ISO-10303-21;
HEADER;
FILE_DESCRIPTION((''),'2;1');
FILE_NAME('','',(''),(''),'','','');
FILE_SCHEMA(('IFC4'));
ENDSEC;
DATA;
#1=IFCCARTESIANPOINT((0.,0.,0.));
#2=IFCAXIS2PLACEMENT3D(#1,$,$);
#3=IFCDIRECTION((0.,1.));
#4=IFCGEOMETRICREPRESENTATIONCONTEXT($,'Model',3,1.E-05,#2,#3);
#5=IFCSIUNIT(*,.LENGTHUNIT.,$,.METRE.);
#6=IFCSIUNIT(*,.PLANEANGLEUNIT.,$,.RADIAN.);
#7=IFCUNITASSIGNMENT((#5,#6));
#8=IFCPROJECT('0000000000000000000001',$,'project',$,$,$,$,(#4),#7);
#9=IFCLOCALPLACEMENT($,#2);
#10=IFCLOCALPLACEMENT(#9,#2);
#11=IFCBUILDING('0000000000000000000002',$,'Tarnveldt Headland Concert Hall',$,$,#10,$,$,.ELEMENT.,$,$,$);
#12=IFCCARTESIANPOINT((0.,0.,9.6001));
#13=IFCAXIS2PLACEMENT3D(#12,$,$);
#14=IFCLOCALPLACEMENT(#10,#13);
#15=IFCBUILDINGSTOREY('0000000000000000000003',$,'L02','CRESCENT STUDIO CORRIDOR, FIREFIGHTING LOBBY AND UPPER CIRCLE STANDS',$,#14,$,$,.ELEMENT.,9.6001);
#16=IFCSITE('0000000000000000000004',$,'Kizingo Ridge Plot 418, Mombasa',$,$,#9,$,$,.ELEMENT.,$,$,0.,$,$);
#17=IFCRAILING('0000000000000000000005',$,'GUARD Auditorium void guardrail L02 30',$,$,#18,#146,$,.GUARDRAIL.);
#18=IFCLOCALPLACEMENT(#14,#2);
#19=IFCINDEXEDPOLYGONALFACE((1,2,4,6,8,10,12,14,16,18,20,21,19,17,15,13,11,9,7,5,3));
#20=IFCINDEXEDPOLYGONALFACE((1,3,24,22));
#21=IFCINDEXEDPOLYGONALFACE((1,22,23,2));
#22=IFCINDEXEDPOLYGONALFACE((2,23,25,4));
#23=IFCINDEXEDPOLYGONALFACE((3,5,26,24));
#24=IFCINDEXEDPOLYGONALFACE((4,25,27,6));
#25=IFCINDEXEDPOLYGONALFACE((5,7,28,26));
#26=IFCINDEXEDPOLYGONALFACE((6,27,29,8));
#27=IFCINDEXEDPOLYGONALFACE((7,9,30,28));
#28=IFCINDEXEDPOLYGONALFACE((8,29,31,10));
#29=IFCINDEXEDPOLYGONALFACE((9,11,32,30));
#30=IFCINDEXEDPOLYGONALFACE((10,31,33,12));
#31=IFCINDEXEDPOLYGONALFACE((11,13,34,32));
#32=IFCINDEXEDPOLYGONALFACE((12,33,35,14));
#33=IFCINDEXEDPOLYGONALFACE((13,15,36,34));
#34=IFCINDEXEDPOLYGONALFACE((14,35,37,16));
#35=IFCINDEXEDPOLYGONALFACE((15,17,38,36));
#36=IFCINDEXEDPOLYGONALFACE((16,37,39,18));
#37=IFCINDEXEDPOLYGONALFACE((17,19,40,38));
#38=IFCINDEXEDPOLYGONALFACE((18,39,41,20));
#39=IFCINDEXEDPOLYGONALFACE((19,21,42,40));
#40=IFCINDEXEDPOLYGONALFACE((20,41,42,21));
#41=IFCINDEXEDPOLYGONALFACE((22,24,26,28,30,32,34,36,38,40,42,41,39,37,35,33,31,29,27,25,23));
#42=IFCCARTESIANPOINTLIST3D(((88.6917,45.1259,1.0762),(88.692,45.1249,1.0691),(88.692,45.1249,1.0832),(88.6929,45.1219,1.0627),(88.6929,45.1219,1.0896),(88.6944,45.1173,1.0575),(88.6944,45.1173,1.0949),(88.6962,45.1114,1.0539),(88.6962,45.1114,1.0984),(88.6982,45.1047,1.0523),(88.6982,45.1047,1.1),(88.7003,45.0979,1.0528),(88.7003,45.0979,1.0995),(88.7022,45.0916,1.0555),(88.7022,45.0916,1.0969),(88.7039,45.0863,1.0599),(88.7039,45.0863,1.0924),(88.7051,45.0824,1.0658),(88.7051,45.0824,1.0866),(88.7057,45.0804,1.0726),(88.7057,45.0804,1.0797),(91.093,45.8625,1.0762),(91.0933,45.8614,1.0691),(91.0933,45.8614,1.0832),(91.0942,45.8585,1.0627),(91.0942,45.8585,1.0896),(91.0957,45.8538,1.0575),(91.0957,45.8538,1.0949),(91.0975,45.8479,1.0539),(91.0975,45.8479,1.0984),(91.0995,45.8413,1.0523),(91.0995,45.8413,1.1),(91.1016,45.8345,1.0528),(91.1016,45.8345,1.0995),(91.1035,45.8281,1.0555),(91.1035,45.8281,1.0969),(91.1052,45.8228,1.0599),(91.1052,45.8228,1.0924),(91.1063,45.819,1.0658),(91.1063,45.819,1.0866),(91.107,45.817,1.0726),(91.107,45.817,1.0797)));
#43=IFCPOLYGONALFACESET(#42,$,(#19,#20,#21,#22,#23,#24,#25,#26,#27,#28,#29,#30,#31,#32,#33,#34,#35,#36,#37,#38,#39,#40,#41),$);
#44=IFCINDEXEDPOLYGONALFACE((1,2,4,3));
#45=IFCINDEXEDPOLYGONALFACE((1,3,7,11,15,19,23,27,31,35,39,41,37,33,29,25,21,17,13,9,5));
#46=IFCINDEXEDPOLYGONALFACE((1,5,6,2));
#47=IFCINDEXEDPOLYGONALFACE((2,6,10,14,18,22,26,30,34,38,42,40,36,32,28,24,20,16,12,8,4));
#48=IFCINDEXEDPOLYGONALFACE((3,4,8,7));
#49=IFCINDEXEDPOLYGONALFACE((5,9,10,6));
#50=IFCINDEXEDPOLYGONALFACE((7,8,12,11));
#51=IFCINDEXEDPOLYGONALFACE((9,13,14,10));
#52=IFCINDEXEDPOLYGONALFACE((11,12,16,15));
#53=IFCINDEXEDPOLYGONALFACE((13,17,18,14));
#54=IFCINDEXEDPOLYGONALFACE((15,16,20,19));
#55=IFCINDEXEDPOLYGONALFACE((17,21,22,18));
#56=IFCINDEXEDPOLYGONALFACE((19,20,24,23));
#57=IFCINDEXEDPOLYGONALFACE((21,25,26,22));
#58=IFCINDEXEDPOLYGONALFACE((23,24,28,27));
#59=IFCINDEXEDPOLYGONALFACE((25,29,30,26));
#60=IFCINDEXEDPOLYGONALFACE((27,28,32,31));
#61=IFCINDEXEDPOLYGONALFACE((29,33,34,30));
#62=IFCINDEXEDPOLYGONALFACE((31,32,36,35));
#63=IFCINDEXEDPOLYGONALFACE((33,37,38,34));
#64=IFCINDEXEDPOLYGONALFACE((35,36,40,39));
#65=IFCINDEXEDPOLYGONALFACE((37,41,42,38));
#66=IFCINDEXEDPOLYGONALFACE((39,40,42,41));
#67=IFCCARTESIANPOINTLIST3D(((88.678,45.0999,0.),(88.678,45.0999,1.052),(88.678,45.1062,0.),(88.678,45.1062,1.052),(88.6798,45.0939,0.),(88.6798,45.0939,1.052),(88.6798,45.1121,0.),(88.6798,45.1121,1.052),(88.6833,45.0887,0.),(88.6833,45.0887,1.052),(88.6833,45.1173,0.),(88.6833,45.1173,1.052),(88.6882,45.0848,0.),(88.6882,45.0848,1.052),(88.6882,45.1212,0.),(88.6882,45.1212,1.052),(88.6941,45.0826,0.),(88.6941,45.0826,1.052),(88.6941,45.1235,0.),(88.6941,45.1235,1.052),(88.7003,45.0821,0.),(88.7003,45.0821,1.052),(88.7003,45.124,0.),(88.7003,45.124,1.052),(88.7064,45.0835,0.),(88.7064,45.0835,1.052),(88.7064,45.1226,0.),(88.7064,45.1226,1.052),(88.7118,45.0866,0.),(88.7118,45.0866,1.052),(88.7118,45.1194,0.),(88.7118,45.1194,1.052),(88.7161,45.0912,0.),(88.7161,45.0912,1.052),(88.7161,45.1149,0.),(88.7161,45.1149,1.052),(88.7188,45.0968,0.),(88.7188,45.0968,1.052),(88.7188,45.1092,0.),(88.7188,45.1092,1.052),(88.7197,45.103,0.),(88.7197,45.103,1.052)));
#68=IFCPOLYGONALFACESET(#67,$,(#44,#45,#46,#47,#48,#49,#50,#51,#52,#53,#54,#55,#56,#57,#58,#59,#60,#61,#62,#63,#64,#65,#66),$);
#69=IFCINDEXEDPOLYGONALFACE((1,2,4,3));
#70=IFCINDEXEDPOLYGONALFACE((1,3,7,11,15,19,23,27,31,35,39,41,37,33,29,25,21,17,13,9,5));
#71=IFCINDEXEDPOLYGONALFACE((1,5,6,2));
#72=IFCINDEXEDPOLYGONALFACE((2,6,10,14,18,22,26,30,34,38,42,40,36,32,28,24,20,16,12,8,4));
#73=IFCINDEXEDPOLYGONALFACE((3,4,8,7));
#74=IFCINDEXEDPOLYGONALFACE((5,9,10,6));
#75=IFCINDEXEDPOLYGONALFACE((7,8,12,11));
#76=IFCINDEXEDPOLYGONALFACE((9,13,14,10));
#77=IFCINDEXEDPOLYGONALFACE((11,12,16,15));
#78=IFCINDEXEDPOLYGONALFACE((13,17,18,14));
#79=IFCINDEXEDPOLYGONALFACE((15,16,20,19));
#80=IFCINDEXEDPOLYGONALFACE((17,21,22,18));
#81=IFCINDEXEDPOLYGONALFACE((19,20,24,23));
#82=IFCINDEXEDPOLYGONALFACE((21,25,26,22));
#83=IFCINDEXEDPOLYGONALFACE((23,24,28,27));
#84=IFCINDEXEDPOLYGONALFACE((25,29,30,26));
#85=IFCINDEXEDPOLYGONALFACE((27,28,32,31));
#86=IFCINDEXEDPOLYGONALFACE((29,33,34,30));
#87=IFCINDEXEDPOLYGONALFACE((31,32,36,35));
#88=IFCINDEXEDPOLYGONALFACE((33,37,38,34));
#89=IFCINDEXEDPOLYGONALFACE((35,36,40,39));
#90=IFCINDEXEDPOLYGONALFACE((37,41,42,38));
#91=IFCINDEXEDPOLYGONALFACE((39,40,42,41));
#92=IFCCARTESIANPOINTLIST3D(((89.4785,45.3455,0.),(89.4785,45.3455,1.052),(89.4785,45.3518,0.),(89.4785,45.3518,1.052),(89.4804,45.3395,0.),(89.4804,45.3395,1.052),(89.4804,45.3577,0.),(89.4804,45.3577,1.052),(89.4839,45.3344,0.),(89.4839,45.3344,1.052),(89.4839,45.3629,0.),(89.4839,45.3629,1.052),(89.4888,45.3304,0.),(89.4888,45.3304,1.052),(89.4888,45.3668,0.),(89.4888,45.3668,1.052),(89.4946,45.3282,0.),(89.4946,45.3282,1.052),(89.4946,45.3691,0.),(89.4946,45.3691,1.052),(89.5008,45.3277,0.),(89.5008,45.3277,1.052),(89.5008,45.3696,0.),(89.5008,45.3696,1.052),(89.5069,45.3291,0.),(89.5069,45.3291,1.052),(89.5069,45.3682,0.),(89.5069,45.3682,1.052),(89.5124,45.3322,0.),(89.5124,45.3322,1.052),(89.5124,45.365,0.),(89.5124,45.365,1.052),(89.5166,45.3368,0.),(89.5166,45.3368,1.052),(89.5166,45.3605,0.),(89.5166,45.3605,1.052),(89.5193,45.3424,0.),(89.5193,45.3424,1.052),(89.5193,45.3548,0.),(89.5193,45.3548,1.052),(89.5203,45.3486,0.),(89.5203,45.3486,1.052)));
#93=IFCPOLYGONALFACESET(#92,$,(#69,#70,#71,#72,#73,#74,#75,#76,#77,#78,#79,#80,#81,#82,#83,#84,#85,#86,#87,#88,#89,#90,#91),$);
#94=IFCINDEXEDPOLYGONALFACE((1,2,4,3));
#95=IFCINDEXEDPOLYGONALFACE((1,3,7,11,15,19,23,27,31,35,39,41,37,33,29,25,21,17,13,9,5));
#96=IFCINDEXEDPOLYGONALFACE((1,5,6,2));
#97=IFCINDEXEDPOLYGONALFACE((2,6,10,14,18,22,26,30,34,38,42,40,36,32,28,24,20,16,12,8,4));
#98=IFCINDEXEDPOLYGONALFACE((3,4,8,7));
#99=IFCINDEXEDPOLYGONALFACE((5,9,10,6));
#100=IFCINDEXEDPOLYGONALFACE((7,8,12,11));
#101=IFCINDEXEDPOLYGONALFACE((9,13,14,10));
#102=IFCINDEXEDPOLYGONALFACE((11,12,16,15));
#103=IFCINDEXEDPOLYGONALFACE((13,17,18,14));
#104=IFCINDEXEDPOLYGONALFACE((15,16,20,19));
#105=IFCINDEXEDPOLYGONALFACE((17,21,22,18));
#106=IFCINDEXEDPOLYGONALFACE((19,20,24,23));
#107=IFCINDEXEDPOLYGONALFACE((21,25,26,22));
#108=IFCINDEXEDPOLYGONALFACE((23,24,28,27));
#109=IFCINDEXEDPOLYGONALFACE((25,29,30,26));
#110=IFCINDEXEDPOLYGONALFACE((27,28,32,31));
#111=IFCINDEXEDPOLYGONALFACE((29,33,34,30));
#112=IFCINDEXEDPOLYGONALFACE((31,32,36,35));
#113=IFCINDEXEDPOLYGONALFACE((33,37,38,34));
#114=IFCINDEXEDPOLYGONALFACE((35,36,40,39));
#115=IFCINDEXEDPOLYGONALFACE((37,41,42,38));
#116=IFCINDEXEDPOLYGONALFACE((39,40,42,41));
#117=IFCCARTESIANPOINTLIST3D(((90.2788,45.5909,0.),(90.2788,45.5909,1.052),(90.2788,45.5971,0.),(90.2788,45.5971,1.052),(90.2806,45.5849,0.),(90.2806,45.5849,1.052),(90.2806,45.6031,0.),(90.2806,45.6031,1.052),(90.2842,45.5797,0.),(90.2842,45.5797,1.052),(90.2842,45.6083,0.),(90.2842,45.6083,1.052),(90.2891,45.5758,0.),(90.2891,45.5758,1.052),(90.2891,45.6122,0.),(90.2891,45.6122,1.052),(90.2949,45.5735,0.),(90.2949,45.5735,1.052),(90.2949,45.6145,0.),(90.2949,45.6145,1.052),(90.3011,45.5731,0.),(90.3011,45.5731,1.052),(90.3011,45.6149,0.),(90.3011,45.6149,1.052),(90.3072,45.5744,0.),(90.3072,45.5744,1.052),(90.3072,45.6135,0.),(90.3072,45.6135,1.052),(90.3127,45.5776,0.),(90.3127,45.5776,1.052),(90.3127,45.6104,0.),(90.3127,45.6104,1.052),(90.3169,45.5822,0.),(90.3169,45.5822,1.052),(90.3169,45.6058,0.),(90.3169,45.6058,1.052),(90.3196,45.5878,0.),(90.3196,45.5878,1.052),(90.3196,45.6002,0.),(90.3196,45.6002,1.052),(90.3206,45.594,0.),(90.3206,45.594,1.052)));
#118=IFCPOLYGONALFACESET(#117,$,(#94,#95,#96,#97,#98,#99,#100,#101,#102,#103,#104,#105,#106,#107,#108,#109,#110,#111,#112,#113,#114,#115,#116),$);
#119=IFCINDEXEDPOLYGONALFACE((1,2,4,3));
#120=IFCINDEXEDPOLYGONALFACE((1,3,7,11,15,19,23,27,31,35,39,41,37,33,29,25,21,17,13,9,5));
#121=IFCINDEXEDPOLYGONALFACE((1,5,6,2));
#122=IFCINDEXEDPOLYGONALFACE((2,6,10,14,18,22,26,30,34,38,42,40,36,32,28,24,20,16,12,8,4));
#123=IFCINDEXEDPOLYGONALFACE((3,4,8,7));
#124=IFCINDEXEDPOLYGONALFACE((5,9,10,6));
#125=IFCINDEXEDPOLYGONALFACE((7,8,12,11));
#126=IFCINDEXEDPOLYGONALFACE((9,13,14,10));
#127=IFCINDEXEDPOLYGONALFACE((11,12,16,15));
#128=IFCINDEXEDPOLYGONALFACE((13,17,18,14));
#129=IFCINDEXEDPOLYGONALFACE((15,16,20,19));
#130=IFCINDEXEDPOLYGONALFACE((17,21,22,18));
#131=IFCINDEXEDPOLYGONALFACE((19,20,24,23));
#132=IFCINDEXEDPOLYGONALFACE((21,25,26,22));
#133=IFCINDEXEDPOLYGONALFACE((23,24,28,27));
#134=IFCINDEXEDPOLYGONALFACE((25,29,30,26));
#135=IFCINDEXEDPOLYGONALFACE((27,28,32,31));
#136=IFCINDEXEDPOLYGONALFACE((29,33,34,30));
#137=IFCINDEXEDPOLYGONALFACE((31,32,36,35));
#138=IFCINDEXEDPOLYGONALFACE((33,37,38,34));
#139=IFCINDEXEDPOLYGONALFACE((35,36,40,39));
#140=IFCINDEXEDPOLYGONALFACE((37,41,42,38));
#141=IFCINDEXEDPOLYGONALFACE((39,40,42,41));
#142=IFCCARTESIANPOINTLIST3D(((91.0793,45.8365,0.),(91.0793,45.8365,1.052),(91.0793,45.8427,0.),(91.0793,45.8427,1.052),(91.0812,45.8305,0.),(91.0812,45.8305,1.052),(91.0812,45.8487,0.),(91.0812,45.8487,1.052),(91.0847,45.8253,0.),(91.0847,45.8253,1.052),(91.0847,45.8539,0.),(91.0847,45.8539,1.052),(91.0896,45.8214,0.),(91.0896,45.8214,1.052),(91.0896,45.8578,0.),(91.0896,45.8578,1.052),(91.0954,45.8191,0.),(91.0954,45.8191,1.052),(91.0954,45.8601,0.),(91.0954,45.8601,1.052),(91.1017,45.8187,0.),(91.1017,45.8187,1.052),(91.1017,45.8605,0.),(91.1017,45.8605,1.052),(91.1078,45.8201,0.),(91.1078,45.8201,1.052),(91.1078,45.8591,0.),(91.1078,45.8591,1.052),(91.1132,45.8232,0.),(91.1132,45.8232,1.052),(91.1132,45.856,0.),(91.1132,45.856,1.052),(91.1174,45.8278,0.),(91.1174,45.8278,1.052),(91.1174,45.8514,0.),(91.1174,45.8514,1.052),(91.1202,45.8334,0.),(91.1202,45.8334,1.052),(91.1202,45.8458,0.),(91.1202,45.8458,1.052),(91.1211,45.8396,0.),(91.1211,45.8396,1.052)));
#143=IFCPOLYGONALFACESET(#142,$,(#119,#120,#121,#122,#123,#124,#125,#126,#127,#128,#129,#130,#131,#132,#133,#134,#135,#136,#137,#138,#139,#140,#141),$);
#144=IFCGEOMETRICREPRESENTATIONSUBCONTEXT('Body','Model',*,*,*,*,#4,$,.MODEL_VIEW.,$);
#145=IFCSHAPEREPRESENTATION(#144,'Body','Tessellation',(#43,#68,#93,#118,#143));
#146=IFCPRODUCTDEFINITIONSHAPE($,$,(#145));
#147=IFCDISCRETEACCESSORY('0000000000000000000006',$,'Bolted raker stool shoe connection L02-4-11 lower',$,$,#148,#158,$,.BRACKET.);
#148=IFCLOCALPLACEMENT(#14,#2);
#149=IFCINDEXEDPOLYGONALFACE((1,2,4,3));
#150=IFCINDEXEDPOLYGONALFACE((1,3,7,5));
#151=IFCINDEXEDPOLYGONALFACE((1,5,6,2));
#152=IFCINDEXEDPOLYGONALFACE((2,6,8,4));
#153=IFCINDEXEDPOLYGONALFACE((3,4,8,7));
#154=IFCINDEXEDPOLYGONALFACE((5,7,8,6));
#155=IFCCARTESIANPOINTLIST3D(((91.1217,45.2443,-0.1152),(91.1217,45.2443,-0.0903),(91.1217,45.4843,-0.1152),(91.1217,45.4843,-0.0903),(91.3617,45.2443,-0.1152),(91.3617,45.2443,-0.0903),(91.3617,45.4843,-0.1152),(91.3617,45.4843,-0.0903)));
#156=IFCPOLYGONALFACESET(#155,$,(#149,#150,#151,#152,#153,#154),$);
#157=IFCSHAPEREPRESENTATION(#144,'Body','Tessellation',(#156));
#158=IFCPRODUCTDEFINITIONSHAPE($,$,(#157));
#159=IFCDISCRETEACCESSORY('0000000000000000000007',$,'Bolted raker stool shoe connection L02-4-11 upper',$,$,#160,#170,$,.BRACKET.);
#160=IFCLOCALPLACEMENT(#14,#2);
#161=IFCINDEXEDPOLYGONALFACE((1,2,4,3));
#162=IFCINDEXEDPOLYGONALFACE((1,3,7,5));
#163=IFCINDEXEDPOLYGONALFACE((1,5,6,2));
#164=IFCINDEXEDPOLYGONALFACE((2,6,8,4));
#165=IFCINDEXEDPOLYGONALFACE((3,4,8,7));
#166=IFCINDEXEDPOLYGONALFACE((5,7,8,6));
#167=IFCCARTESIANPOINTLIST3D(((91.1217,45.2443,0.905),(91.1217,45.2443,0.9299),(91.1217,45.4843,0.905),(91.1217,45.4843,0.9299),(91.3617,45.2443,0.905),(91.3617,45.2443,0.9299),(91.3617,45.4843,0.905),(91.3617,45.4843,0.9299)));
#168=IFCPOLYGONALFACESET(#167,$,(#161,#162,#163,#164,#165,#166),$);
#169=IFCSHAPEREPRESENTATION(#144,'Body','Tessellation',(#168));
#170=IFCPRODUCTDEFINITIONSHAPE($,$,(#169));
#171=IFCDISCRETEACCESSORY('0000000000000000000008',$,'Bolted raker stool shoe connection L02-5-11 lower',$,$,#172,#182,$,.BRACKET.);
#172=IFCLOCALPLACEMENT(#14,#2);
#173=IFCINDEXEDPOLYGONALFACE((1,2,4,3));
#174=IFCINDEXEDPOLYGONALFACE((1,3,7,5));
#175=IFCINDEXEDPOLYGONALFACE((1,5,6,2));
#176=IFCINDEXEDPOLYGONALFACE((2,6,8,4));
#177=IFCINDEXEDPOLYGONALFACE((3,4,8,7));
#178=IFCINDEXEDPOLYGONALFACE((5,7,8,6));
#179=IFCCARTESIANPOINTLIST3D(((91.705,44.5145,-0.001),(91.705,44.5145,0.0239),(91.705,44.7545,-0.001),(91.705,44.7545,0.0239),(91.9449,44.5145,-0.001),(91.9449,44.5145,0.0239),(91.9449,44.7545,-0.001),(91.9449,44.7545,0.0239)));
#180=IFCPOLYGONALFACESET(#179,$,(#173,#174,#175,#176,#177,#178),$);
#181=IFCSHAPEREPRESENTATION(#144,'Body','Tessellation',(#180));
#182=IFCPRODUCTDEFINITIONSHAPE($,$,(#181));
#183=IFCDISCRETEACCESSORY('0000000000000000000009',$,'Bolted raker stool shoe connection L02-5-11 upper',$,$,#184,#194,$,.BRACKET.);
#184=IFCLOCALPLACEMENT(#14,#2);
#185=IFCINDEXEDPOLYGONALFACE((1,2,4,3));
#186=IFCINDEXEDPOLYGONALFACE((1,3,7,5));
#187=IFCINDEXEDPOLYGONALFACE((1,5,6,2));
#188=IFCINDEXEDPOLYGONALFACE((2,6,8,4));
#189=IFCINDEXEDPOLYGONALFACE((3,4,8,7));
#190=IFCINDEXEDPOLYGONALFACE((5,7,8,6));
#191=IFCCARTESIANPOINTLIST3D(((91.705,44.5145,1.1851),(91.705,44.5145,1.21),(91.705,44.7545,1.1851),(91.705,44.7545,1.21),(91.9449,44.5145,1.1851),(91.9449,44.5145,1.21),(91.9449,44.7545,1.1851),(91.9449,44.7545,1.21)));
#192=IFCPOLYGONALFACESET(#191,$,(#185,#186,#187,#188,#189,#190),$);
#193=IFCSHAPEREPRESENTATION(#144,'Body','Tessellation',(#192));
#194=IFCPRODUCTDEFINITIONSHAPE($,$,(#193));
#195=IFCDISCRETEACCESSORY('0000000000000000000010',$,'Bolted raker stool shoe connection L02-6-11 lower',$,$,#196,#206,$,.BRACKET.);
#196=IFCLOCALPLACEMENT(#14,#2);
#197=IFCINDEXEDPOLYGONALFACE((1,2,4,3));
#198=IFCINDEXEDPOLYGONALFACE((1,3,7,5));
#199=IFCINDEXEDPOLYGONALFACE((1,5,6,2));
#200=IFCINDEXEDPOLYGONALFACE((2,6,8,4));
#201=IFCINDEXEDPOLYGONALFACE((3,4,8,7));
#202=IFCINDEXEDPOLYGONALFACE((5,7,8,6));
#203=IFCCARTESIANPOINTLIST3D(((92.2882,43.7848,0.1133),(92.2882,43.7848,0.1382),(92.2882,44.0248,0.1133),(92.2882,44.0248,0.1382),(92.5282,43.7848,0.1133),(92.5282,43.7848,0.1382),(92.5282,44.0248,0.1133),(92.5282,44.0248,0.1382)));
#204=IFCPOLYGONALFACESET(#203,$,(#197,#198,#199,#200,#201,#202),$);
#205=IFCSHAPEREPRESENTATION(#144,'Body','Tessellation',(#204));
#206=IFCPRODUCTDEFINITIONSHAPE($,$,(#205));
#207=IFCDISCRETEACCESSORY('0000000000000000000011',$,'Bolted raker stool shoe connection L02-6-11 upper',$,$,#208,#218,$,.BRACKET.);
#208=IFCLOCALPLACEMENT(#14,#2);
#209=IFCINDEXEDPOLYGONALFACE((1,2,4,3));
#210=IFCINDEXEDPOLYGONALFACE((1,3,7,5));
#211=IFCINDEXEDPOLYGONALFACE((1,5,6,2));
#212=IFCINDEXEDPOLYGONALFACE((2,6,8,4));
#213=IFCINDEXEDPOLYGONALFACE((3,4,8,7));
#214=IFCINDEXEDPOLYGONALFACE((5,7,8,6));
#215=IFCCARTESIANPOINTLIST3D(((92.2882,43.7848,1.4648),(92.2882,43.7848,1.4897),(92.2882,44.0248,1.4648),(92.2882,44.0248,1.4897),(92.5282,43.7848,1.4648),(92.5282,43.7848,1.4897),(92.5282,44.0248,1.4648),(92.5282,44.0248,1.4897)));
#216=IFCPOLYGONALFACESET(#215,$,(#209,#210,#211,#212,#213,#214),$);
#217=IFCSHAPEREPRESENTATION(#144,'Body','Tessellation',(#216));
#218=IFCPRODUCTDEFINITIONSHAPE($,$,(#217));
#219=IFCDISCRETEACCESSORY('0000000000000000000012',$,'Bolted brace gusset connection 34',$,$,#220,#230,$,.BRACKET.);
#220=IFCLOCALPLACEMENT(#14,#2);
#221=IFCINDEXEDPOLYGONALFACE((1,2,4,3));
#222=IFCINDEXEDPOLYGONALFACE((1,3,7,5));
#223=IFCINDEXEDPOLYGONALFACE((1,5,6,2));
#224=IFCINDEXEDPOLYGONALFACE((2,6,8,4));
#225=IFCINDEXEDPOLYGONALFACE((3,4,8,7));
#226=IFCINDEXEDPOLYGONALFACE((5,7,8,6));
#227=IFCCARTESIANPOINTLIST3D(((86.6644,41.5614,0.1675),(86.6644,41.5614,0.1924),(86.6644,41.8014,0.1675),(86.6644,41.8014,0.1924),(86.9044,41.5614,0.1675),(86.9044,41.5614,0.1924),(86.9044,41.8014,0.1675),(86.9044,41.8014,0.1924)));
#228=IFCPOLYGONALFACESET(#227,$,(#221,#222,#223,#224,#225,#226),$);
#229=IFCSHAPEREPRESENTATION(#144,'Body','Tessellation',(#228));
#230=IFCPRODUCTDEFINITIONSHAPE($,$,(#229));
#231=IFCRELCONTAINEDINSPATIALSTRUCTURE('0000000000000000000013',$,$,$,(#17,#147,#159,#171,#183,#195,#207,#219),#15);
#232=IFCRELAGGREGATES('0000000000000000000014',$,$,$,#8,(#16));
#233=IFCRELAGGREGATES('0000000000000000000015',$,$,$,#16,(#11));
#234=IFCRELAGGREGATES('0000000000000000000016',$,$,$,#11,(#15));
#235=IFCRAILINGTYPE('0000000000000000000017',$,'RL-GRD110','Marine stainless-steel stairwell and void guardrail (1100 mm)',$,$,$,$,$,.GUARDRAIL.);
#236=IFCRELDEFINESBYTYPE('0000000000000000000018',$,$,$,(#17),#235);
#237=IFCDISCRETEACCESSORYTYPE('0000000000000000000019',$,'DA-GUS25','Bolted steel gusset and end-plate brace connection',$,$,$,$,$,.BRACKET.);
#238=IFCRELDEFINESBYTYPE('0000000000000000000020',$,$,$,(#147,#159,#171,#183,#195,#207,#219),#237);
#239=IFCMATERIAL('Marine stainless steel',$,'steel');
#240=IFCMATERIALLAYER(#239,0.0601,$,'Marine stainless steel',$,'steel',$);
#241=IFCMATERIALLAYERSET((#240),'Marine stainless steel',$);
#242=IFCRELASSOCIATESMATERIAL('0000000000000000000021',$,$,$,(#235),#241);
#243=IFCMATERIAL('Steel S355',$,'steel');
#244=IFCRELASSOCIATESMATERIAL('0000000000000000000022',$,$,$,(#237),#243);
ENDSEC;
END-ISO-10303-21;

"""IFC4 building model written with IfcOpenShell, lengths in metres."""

from ifc_helpers import new_model, si_unit, direction, frame, origin, origin_2d, place, context, subcontext, project, spatial, rectangle, circle, extrude, material, layer, layer_set, type_object, element, save


model = new_model("IFC4")

# Units and contexts
model_context = context("Model", 3, precision=1e-05, world=origin(), true_north=direction((0.0, 1.0)))
body_context = subcontext(model_context, "Body", "Model", "MODEL_VIEW")
ifc_project = project(units=[si_unit("LENGTHUNIT", "METRE"), si_unit("PLANEANGLEUNIT", "RADIAN")], contexts=[model_context])

# Site, building, storey
site_placement = place(None, origin())
site = spatial("IfcSite", under=ifc_project, at=site_placement, Name="Kizingo Ridge Plot 418, Mombasa", CompositionType="ELEMENT", RefElevation=0.0)
building_placement = place(site_placement, origin())
building = spatial("IfcBuilding", under=site, at=building_placement, Name="Tarnveldt Headland Concert Hall", CompositionType="ELEMENT")
storey_placement = place(building_placement, frame((0.0, 0.0, 9.6001)))
storey = spatial("IfcBuildingStorey", under=building, at=storey_placement, Name="L02", Description="CRESCENT STUDIO CORRIDOR, FIREFIGHTING LOBBY AND UPPER CIRCLE STANDS", CompositionType="ELEMENT", Elevation=9.6001)

# Shared definitions
ifc_material_1 = material(Name="Steel S355", Category="steel")

# Railing
ifc_material_2 = material(Name="Marine stainless steel", Category="steel")
ifc_layer_1 = layer(ifc_material_2, 0.0601, Name="Marine stainless steel", Category="steel")
ifc_layer_set_1 = layer_set([ifc_layer_1], Name="Marine stainless steel")
railing_type = type_object("IfcRailingType", Name="RL-GRD110", Description="Marine stainless-steel stairwell and void guardrail (1100 mm)", PredefinedType="GUARDRAIL", material=ifc_layer_set_1)
railing_1_placement = place(storey_placement, frame((88.6987, 45.103, 0.0)))
element("IfcRailing", 1, at=railing_1_placement, inside=storey, type_object=railing_type, Name="GUARD Auditorium void guardrail L02 30", PredefinedType="GUARDRAIL", context=body_context, shape_type="SweptSolid", body=[
    extrude(circle(Radius=0.0239, at=origin_2d()), frame((0.0, 0.0, 1.0762), z_axis=(0.956037, 0.293246, 0.0), x_axis=(-0.293246, 0.956037, 0.0)), (0.0, 0.0, 1.0), 2.5117),
    extrude(circle(Radius=0.021, at=origin_2d()), origin(), (0.0, 0.0, 1.0), 1.052),
    extrude(circle(Radius=0.021, at=origin_2d()), frame((0.8005, 0.2456, 0.0)), (0.0, 0.0, 1.0), 1.052),
    extrude(circle(Radius=0.021, at=origin_2d()), frame((1.6008, 0.491, 0.0)), (0.0, 0.0, 1.0), 1.052),
    extrude(circle(Radius=0.021, at=origin_2d()), frame((2.4014, 0.7366, 0.0)), (0.0, 0.0, 1.0), 1.052),
])

# Discrete accessories
discrete_accessory_type = type_object("IfcDiscreteAccessoryType", Name="DA-GUS25", Description="Bolted steel gusset and end-plate brace connection", PredefinedType="BRACKET", material=ifc_material_1)
for number, where, z_axis, x_axis, name in (
    (2, (91.2417, 45.3643, -0.1152), (0.0, 0.0, 1.0), (1.0, 0.0, 0.0), "Bolted raker stool shoe connection L02-4-11 lower"),
    (3, (91.2417, 45.3643, 0.905), (0.0, 0.0, 1.0), (1.0, 0.0, 0.0), "Bolted raker stool shoe connection L02-4-11 upper"),
    (4, (91.825, 44.6345, -0.001), (0.0, 0.0, 1.0), (1.0, 0.0, 0.0), "Bolted raker stool shoe connection L02-5-11 lower"),
    (5, (91.825, 44.6345, 1.1851), (0.0, 0.0, 1.0), (1.0, 0.0, 0.0), "Bolted raker stool shoe connection L02-5-11 upper"),
    (6, (92.4082, 43.9048, 0.1133), (0.0, 0.0, 1.0), (1.0, 0.0, 0.0), "Bolted raker stool shoe connection L02-6-11 lower"),
    (7, (92.4082, 43.9048, 1.4648), (0.0, 0.0, 1.0), (1.0, 0.0, 0.0), "Bolted raker stool shoe connection L02-6-11 upper"),
    (8, (86.7844, 41.6814, 0.1675), (0.0, 0.0, 1.0), (1.0, 0.0, 0.0), "Bolted brace gusset connection 34"),
):
    element("IfcDiscreteAccessory", number, at=place(storey_placement, frame(where, z_axis=z_axis, x_axis=x_axis)), inside=storey, type_object=discrete_accessory_type, Name=name, PredefinedType="BRACKET", context=body_context, shape_type="SweptSolid", body=[
        extrude(rectangle(XDim=0.24, YDim=0.24, at=origin_2d()), origin(), (0.0, 0.0, 1.0), 0.0249),
    ])

save(model, "model.ifc")
